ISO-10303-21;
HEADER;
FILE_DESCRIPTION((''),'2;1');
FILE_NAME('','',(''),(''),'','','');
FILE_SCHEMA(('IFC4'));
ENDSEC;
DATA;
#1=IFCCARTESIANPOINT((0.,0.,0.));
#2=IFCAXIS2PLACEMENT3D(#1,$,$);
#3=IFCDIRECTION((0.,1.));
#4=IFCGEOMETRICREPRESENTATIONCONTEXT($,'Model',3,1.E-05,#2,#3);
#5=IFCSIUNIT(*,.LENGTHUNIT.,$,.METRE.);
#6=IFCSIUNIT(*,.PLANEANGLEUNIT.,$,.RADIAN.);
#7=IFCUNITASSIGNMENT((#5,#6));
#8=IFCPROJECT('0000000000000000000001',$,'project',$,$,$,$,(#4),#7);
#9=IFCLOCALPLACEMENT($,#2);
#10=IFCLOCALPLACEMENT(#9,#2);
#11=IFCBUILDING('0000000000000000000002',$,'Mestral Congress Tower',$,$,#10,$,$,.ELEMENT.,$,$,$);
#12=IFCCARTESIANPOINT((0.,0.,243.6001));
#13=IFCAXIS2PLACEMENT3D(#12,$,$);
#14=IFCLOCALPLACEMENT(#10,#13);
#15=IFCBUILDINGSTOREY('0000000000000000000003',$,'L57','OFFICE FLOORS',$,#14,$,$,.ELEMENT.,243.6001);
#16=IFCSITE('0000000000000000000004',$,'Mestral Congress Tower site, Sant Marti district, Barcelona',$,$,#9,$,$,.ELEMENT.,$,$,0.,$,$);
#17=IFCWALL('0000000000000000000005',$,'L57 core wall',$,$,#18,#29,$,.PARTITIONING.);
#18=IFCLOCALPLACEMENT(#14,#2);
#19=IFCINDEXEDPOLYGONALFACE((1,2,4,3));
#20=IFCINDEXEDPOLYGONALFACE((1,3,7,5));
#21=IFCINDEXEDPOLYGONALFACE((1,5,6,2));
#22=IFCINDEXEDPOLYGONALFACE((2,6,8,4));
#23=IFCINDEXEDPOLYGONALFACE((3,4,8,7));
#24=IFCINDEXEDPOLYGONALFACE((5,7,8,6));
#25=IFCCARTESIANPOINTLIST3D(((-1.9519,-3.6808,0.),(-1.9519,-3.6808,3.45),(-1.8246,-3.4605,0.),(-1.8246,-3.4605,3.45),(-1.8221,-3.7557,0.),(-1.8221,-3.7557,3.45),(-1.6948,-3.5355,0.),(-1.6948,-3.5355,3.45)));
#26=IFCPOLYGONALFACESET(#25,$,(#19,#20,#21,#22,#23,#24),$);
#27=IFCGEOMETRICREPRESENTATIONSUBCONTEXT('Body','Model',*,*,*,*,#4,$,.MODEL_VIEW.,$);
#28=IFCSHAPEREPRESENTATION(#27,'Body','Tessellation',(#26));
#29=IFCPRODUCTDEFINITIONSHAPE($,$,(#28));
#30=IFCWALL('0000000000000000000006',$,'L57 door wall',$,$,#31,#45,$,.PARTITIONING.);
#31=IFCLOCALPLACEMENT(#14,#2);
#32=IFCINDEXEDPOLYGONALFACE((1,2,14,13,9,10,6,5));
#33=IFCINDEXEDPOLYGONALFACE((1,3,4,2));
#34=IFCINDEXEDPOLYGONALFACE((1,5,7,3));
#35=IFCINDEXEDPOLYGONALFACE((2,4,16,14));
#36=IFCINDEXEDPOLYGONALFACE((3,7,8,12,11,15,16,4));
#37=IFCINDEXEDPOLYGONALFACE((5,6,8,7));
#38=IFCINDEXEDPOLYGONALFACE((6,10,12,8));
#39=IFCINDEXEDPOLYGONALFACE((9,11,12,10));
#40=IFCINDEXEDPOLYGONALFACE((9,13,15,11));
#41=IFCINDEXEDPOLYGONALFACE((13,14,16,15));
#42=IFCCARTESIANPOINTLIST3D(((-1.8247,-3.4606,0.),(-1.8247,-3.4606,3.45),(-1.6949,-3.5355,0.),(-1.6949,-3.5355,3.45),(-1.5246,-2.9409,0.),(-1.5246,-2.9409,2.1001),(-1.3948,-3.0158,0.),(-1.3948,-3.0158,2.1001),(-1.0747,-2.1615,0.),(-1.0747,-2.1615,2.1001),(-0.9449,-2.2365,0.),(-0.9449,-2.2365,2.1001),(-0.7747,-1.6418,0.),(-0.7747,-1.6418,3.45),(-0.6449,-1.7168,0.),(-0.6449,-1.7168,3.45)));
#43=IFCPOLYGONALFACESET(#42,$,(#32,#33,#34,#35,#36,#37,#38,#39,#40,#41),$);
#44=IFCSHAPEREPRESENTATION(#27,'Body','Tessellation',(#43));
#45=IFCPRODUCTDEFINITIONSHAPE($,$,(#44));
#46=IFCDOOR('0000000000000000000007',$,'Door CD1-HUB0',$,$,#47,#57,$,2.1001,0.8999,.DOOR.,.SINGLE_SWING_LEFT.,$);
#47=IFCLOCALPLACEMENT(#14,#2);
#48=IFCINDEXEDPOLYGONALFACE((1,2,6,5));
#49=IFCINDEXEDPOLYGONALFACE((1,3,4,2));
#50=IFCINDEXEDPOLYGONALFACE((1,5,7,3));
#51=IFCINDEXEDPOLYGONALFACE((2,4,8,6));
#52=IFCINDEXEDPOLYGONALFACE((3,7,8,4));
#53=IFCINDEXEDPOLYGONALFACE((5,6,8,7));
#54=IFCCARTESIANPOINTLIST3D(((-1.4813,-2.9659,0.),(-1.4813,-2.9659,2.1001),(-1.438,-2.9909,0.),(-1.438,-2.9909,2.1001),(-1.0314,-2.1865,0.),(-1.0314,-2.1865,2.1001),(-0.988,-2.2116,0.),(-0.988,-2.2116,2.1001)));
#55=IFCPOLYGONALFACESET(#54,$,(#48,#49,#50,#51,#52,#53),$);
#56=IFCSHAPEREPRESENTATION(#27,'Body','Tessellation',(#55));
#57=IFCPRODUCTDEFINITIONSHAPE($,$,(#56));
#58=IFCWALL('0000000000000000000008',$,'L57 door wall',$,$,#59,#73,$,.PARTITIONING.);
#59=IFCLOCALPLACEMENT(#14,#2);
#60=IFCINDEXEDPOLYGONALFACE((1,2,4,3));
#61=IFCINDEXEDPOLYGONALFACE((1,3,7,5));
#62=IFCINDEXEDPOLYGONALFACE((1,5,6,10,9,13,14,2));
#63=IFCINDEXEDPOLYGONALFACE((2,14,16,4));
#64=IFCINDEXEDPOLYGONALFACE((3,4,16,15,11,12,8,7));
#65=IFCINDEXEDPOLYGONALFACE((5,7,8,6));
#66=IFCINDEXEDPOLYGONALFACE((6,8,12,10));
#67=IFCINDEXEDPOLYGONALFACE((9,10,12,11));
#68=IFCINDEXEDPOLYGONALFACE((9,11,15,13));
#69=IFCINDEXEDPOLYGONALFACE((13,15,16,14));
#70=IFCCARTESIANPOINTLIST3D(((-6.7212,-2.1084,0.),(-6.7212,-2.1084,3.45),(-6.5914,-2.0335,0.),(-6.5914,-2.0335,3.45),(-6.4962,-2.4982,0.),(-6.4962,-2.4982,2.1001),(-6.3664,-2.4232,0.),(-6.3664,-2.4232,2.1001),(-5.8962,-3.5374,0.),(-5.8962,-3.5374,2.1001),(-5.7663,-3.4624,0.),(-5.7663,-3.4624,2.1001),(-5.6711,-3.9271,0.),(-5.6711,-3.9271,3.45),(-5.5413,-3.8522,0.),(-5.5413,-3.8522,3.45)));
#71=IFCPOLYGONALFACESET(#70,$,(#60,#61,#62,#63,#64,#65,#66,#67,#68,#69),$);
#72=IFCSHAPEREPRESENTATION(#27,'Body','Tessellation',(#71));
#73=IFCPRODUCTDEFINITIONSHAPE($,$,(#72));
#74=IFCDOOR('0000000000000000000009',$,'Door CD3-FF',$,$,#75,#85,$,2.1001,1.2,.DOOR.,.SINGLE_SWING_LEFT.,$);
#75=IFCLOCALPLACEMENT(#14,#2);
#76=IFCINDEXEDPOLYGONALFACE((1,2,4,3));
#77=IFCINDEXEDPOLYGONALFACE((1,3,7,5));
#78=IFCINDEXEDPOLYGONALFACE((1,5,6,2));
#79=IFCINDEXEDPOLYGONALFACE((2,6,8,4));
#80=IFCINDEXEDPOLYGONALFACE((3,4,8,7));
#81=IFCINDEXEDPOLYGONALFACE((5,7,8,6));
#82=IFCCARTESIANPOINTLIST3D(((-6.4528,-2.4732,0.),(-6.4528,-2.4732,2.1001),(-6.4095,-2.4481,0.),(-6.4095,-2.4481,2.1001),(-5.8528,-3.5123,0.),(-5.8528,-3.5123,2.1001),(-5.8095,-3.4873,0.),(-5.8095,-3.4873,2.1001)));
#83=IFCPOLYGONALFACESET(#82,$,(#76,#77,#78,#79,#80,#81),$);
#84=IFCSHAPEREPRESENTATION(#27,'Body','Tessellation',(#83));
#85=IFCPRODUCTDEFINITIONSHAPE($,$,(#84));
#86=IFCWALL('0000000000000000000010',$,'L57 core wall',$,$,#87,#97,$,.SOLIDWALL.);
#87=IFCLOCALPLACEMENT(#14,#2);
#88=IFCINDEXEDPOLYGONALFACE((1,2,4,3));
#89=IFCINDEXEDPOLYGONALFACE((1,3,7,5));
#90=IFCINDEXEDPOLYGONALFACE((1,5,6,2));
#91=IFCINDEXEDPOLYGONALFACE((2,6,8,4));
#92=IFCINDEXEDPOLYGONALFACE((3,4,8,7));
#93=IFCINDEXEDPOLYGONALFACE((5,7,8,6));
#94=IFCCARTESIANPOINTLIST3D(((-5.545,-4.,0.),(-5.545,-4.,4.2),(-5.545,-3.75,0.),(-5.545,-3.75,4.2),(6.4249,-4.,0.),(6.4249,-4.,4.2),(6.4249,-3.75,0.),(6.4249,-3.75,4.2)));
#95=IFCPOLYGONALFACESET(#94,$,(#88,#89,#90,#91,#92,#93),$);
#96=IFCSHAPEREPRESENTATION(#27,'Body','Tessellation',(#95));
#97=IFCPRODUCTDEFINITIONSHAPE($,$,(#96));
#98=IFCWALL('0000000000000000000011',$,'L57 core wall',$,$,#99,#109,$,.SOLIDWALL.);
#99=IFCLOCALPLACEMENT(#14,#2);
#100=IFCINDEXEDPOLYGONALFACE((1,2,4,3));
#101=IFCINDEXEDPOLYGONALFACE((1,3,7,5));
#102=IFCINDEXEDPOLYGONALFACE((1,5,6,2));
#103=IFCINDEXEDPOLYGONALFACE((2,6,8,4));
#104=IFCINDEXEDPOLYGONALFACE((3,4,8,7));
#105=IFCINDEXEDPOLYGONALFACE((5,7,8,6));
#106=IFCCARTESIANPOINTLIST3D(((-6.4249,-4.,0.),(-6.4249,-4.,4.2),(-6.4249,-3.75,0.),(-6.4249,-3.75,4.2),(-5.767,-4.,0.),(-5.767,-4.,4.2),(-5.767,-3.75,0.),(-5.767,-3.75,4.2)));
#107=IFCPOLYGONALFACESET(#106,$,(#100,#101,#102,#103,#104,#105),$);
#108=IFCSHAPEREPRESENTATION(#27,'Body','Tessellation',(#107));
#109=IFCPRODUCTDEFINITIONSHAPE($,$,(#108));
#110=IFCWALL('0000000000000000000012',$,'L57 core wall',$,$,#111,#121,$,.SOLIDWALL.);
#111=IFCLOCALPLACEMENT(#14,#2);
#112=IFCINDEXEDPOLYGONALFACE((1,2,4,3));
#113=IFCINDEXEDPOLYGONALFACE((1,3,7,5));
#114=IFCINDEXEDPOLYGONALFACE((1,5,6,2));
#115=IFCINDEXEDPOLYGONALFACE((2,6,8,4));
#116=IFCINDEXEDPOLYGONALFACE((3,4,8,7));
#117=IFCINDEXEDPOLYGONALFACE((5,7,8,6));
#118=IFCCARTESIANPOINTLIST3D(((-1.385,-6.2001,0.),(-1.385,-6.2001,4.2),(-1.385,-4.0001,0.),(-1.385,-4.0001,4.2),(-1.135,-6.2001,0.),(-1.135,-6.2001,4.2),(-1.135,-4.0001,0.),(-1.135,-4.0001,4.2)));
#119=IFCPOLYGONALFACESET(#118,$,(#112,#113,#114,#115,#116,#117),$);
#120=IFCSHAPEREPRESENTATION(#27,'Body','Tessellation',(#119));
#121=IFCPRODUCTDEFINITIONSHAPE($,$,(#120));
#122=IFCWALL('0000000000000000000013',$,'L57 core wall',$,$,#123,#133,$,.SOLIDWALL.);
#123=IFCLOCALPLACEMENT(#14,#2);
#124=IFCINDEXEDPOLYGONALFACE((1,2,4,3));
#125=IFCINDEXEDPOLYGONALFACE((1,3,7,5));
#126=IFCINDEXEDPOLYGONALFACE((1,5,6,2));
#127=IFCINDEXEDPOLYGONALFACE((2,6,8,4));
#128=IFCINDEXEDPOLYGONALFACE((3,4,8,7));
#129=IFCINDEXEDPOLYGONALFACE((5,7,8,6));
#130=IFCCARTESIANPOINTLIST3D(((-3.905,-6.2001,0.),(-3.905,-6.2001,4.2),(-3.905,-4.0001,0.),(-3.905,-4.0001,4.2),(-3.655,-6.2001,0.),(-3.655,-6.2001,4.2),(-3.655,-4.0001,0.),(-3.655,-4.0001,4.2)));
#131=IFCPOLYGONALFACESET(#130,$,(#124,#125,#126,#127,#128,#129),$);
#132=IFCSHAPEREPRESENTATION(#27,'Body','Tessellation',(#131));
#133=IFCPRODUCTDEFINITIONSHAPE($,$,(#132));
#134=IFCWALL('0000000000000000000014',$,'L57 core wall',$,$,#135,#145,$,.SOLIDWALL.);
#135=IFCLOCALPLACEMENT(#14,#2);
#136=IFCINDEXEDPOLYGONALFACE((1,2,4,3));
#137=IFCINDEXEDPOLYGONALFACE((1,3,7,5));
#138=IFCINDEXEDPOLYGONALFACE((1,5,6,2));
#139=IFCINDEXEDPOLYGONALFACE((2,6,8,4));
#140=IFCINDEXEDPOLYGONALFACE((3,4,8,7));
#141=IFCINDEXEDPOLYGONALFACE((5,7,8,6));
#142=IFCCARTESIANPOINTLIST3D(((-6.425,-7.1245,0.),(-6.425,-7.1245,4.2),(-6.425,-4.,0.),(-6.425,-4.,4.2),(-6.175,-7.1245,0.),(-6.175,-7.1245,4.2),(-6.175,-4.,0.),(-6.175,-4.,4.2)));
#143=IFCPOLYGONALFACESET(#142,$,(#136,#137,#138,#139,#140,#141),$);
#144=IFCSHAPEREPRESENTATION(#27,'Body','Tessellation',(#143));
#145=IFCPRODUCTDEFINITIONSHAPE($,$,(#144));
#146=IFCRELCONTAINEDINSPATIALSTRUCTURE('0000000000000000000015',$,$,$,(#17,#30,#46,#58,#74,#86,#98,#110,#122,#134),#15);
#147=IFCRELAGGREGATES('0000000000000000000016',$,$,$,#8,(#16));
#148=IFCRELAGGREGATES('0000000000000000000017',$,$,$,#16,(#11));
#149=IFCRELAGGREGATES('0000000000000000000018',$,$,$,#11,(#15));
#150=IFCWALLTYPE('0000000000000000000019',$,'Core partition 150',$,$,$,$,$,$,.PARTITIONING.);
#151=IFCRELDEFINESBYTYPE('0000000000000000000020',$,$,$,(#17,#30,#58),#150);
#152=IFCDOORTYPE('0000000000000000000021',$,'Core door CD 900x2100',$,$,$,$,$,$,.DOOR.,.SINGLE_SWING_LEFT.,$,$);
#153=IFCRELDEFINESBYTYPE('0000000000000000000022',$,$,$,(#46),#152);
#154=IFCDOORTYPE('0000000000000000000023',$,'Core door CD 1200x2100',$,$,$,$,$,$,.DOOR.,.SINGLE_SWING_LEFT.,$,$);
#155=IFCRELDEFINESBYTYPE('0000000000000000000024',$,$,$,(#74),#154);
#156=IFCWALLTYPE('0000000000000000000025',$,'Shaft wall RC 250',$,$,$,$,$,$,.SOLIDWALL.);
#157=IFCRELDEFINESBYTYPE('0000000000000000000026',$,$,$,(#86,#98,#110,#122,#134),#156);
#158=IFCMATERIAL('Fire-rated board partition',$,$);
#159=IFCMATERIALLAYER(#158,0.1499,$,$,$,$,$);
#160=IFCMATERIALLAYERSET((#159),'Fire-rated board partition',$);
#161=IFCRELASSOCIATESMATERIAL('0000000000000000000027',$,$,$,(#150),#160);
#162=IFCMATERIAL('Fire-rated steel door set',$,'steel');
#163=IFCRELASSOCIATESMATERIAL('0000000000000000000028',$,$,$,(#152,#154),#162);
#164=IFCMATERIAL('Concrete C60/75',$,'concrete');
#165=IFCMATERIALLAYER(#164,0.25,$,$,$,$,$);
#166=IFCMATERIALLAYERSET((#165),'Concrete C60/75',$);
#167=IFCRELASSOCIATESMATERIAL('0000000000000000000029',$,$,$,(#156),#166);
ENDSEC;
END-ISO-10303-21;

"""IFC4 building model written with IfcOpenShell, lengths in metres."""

from ifc_helpers import new_model, si_unit, direction, frame, frame_2d, origin, place, context, subcontext, project, spatial, rectangle, extrude, material, layer, layer_set, type_object, element, fill, save


model = new_model("IFC4")

# Units and contexts
model_context = context("Model", 3, precision=1e-05, world=origin(), true_north=direction((0.0, 1.0)))
body_context = subcontext(model_context, "Body", "Model", "MODEL_VIEW")
ifc_project = project(units=[si_unit("LENGTHUNIT", "METRE"), si_unit("PLANEANGLEUNIT", "RADIAN")], contexts=[model_context])

# Site, building, storey
site_placement = place(None, origin())
site = spatial("IfcSite", under=ifc_project, at=site_placement, Name="Mestral Congress Tower site, Sant Marti district, Barcelona", CompositionType="ELEMENT", RefElevation=0.0)
building_placement = place(site_placement, origin())
building = spatial("IfcBuilding", under=site, at=building_placement, Name="Mestral Congress Tower", CompositionType="ELEMENT")
storey_placement = place(building_placement, frame((0.0, 0.0, 243.6001)))
storey = spatial("IfcBuildingStorey", under=building, at=storey_placement, Name="L57", Description="OFFICE FLOORS", CompositionType="ELEMENT", Elevation=243.6001)

# Wall
ifc_material_1 = material(Name="Fire-rated board partition")
ifc_layer_1 = layer(ifc_material_1, 0.1499)
ifc_layer_set_1 = layer_set([ifc_layer_1], Name="Fire-rated board partition")
wall_type_1 = type_object("IfcWallType", Name="Core partition 150", PredefinedType="PARTITIONING", material=ifc_layer_set_1)
wall_1_placement = place(storey_placement, frame((-1.887, -3.7183, 0.0), z_axis=(0.0, 0.0, 1.0), x_axis=(0.500166, 0.86593, 0.0)))
element("IfcWall", 1, at=wall_1_placement, inside=storey, type_object=wall_type_1, Name="L57 core wall", PredefinedType="PARTITIONING", context=body_context, shape_type="SweptSolid", body=[
    extrude(rectangle(XDim=0.2544, YDim=0.1499, at=frame_2d((0.1272, 0.0))), origin(), (0.0, 0.0, 1.0), 3.45),
])

# Walls, openings, doors
wall_2_placement = place(storey_placement, frame((-1.7598, -3.498, 0.0), z_axis=(0.0, 0.0, 1.0), x_axis=(0.499977, 0.866038, 0.0)))
wall_2 = element("IfcWall", 2, at=wall_2_placement, inside=storey, type_object=wall_type_1, Name="L57 door wall", PredefinedType="PARTITIONING", context=body_context, shape_type="SweptSolid", body=[
    extrude(rectangle(XDim=2.1001, YDim=0.1499, at=frame_2d((1.05, 0.0))), origin(), (0.0, 0.0, 1.0), 3.45),
])
opening_1_placement = place(wall_2_placement, frame((0.6001, 0.0, 0.0)))
opening_1 = element("IfcOpeningElement", 3, at=opening_1_placement, cuts=wall_2, PredefinedType="OPENING", context=body_context, shape_type="SweptSolid", body=[
    extrude(rectangle(XDim=0.8999, YDim=2.1001, at=frame_2d((0.45, 1.05))), frame((0.0, 0.085, 0.0), z_axis=(0.0, -1.0, 0.0), x_axis=(1.0, 0.0, 0.0)), (0.0, 0.0, 1.0), 0.1699),
])
ifc_material_2 = material(Name="Fire-rated steel door set", Category="steel")
door_type_1 = type_object("IfcDoorType", Name="Core door CD 900x2100", OperationType="SINGLE_SWING_LEFT", PredefinedType="DOOR", material=ifc_material_2)
door_1_placement = place(opening_1_placement, origin())
door_1 = element("IfcDoor", 4, at=door_1_placement, inside=storey, type_object=door_type_1, Name="Door CD1-HUB0", OperationType="SINGLE_SWING_LEFT", OverallHeight=2.1001, OverallWidth=0.8999, PredefinedType="DOOR", context=body_context, shape_type="SweptSolid", body=[
    extrude(rectangle(XDim=0.8999, YDim=2.1001, at=frame_2d((0.45, 1.05))), frame((0.0, 0.0249, 0.0), z_axis=(0.0, -1.0, 0.0), x_axis=(1.0, 0.0, 0.0)), (0.0, 0.0, 1.0), 0.05),
])
fill(opening_1, door_1)
wall_3_placement = place(storey_placement, frame((-5.6062, -3.8896, 0.0), z_axis=(0.0, 0.0, 1.0), x_axis=(-0.500028, 0.866009, 0.0)))
wall_3 = element("IfcWall", 5, at=wall_3_placement, inside=storey, type_object=wall_type_1, Name="L57 door wall", PredefinedType="PARTITIONING", context=body_context, shape_type="SweptSolid", body=[
    extrude(rectangle(XDim=2.1001, YDim=0.1499, at=frame_2d((1.05, 0.0))), origin(), (0.0, 0.0, 1.0), 3.45),
])
opening_2_placement = place(wall_3_placement, frame((0.45, 0.0, 0.0)))
opening_2 = element("IfcOpeningElement", 6, at=opening_2_placement, cuts=wall_3, PredefinedType="OPENING", context=body_context, shape_type="SweptSolid", body=[
    extrude(rectangle(XDim=1.2, YDim=2.1001, at=frame_2d((0.6001, 1.05))), frame((0.0, 0.085, 0.0), z_axis=(0.0, -1.0, 0.0), x_axis=(1.0, 0.0, 0.0)), (0.0, 0.0, 1.0), 0.1699),
])
door_type_2 = type_object("IfcDoorType", Name="Core door CD 1200x2100", OperationType="SINGLE_SWING_LEFT", PredefinedType="DOOR", material=ifc_material_2)
door_2_placement = place(opening_2_placement, origin())
door_2 = element("IfcDoor", 7, at=door_2_placement, inside=storey, type_object=door_type_2, Name="Door CD3-FF", OperationType="SINGLE_SWING_LEFT", OverallHeight=2.1001, OverallWidth=1.2, PredefinedType="DOOR", context=body_context, shape_type="SweptSolid", body=[
    extrude(rectangle(XDim=1.2, YDim=2.1001, at=frame_2d((0.6001, 1.05))), frame((0.0, 0.0249, 0.0), z_axis=(0.0, -1.0, 0.0), x_axis=(1.0, 0.0, 0.0)), (0.0, 0.0, 1.0), 0.05),
])
fill(opening_2, door_2)

# Walls
ifc_material_3 = material(Name="Concrete C60/75", Category="concrete")
ifc_layer_2 = layer(ifc_material_3, 0.25)
ifc_layer_set_2 = layer_set([ifc_layer_2], Name="Concrete C60/75")
wall_type_2 = type_object("IfcWallType", Name="Shaft wall RC 250", PredefinedType="SOLIDWALL", material=ifc_layer_set_2)
wall_4_placement = place(storey_placement, frame((-5.5449, -3.875, 0.0), z_axis=(0.0, 0.0, 1.0), x_axis=(1.0, 0.0, 0.0)))
element("IfcWall", 8, at=wall_4_placement, inside=storey, type_object=wall_type_2, Name="L57 core wall", PredefinedType="SOLIDWALL", context=body_context, shape_type="SweptSolid", body=[
    extrude(rectangle(XDim=11.97, YDim=0.25, at=frame_2d((5.9849, 0.0))), origin(), (0.0, 0.0, 1.0), 4.2),
])
wall_5_placement = place(storey_placement, frame((-6.425, -3.875, 0.0), z_axis=(0.0, 0.0, 1.0), x_axis=(1.0, 0.0, 0.0)))
element("IfcWall", 9, at=wall_5_placement, inside=storey, type_object=wall_type_2, Name="L57 core wall", PredefinedType="SOLIDWALL", context=body_context, shape_type="SweptSolid", body=[
    extrude(rectangle(XDim=0.658, YDim=0.25, at=frame_2d((0.3291, 0.0))), origin(), (0.0, 0.0, 1.0), 4.2),
])
for number, where, z_axis, x_axis, name in (
    (10, (-1.26, -4.0, 0.0), (0.0, 0.0, 1.0), (0.0, -1.0, 0.0), "L57 core wall"),
    (11, (-3.78, -4.0, 0.0), (0.0, 0.0, 1.0), (0.0, -1.0, 0.0), "L57 core wall"),
):
    element("IfcWall", number, at=place(storey_placement, frame(where, z_axis=z_axis, x_axis=x_axis)), inside=storey, type_object=wall_type_2, Name=name, PredefinedType="SOLIDWALL", context=body_context, shape_type="SweptSolid", body=[
        extrude(rectangle(XDim=2.2, YDim=0.25, at=frame_2d((1.1001, 0.0))), origin(), (0.0, 0.0, 1.0), 4.2),
    ])
wall_6_placement = place(storey_placement, frame((-6.3, -7.1245, 0.0), z_axis=(0.0, 0.0, 1.0), x_axis=(0.0, 1.0, 0.0)))
element("IfcWall", 12, at=wall_6_placement, inside=storey, type_object=wall_type_2, Name="L57 core wall", PredefinedType="SOLIDWALL", context=body_context, shape_type="SweptSolid", body=[
    extrude(rectangle(XDim=3.1245, YDim=0.25, at=frame_2d((1.5623, 0.0))), origin(), (0.0, 0.0, 1.0), 4.2),
])

save(model, "model.ifc")
